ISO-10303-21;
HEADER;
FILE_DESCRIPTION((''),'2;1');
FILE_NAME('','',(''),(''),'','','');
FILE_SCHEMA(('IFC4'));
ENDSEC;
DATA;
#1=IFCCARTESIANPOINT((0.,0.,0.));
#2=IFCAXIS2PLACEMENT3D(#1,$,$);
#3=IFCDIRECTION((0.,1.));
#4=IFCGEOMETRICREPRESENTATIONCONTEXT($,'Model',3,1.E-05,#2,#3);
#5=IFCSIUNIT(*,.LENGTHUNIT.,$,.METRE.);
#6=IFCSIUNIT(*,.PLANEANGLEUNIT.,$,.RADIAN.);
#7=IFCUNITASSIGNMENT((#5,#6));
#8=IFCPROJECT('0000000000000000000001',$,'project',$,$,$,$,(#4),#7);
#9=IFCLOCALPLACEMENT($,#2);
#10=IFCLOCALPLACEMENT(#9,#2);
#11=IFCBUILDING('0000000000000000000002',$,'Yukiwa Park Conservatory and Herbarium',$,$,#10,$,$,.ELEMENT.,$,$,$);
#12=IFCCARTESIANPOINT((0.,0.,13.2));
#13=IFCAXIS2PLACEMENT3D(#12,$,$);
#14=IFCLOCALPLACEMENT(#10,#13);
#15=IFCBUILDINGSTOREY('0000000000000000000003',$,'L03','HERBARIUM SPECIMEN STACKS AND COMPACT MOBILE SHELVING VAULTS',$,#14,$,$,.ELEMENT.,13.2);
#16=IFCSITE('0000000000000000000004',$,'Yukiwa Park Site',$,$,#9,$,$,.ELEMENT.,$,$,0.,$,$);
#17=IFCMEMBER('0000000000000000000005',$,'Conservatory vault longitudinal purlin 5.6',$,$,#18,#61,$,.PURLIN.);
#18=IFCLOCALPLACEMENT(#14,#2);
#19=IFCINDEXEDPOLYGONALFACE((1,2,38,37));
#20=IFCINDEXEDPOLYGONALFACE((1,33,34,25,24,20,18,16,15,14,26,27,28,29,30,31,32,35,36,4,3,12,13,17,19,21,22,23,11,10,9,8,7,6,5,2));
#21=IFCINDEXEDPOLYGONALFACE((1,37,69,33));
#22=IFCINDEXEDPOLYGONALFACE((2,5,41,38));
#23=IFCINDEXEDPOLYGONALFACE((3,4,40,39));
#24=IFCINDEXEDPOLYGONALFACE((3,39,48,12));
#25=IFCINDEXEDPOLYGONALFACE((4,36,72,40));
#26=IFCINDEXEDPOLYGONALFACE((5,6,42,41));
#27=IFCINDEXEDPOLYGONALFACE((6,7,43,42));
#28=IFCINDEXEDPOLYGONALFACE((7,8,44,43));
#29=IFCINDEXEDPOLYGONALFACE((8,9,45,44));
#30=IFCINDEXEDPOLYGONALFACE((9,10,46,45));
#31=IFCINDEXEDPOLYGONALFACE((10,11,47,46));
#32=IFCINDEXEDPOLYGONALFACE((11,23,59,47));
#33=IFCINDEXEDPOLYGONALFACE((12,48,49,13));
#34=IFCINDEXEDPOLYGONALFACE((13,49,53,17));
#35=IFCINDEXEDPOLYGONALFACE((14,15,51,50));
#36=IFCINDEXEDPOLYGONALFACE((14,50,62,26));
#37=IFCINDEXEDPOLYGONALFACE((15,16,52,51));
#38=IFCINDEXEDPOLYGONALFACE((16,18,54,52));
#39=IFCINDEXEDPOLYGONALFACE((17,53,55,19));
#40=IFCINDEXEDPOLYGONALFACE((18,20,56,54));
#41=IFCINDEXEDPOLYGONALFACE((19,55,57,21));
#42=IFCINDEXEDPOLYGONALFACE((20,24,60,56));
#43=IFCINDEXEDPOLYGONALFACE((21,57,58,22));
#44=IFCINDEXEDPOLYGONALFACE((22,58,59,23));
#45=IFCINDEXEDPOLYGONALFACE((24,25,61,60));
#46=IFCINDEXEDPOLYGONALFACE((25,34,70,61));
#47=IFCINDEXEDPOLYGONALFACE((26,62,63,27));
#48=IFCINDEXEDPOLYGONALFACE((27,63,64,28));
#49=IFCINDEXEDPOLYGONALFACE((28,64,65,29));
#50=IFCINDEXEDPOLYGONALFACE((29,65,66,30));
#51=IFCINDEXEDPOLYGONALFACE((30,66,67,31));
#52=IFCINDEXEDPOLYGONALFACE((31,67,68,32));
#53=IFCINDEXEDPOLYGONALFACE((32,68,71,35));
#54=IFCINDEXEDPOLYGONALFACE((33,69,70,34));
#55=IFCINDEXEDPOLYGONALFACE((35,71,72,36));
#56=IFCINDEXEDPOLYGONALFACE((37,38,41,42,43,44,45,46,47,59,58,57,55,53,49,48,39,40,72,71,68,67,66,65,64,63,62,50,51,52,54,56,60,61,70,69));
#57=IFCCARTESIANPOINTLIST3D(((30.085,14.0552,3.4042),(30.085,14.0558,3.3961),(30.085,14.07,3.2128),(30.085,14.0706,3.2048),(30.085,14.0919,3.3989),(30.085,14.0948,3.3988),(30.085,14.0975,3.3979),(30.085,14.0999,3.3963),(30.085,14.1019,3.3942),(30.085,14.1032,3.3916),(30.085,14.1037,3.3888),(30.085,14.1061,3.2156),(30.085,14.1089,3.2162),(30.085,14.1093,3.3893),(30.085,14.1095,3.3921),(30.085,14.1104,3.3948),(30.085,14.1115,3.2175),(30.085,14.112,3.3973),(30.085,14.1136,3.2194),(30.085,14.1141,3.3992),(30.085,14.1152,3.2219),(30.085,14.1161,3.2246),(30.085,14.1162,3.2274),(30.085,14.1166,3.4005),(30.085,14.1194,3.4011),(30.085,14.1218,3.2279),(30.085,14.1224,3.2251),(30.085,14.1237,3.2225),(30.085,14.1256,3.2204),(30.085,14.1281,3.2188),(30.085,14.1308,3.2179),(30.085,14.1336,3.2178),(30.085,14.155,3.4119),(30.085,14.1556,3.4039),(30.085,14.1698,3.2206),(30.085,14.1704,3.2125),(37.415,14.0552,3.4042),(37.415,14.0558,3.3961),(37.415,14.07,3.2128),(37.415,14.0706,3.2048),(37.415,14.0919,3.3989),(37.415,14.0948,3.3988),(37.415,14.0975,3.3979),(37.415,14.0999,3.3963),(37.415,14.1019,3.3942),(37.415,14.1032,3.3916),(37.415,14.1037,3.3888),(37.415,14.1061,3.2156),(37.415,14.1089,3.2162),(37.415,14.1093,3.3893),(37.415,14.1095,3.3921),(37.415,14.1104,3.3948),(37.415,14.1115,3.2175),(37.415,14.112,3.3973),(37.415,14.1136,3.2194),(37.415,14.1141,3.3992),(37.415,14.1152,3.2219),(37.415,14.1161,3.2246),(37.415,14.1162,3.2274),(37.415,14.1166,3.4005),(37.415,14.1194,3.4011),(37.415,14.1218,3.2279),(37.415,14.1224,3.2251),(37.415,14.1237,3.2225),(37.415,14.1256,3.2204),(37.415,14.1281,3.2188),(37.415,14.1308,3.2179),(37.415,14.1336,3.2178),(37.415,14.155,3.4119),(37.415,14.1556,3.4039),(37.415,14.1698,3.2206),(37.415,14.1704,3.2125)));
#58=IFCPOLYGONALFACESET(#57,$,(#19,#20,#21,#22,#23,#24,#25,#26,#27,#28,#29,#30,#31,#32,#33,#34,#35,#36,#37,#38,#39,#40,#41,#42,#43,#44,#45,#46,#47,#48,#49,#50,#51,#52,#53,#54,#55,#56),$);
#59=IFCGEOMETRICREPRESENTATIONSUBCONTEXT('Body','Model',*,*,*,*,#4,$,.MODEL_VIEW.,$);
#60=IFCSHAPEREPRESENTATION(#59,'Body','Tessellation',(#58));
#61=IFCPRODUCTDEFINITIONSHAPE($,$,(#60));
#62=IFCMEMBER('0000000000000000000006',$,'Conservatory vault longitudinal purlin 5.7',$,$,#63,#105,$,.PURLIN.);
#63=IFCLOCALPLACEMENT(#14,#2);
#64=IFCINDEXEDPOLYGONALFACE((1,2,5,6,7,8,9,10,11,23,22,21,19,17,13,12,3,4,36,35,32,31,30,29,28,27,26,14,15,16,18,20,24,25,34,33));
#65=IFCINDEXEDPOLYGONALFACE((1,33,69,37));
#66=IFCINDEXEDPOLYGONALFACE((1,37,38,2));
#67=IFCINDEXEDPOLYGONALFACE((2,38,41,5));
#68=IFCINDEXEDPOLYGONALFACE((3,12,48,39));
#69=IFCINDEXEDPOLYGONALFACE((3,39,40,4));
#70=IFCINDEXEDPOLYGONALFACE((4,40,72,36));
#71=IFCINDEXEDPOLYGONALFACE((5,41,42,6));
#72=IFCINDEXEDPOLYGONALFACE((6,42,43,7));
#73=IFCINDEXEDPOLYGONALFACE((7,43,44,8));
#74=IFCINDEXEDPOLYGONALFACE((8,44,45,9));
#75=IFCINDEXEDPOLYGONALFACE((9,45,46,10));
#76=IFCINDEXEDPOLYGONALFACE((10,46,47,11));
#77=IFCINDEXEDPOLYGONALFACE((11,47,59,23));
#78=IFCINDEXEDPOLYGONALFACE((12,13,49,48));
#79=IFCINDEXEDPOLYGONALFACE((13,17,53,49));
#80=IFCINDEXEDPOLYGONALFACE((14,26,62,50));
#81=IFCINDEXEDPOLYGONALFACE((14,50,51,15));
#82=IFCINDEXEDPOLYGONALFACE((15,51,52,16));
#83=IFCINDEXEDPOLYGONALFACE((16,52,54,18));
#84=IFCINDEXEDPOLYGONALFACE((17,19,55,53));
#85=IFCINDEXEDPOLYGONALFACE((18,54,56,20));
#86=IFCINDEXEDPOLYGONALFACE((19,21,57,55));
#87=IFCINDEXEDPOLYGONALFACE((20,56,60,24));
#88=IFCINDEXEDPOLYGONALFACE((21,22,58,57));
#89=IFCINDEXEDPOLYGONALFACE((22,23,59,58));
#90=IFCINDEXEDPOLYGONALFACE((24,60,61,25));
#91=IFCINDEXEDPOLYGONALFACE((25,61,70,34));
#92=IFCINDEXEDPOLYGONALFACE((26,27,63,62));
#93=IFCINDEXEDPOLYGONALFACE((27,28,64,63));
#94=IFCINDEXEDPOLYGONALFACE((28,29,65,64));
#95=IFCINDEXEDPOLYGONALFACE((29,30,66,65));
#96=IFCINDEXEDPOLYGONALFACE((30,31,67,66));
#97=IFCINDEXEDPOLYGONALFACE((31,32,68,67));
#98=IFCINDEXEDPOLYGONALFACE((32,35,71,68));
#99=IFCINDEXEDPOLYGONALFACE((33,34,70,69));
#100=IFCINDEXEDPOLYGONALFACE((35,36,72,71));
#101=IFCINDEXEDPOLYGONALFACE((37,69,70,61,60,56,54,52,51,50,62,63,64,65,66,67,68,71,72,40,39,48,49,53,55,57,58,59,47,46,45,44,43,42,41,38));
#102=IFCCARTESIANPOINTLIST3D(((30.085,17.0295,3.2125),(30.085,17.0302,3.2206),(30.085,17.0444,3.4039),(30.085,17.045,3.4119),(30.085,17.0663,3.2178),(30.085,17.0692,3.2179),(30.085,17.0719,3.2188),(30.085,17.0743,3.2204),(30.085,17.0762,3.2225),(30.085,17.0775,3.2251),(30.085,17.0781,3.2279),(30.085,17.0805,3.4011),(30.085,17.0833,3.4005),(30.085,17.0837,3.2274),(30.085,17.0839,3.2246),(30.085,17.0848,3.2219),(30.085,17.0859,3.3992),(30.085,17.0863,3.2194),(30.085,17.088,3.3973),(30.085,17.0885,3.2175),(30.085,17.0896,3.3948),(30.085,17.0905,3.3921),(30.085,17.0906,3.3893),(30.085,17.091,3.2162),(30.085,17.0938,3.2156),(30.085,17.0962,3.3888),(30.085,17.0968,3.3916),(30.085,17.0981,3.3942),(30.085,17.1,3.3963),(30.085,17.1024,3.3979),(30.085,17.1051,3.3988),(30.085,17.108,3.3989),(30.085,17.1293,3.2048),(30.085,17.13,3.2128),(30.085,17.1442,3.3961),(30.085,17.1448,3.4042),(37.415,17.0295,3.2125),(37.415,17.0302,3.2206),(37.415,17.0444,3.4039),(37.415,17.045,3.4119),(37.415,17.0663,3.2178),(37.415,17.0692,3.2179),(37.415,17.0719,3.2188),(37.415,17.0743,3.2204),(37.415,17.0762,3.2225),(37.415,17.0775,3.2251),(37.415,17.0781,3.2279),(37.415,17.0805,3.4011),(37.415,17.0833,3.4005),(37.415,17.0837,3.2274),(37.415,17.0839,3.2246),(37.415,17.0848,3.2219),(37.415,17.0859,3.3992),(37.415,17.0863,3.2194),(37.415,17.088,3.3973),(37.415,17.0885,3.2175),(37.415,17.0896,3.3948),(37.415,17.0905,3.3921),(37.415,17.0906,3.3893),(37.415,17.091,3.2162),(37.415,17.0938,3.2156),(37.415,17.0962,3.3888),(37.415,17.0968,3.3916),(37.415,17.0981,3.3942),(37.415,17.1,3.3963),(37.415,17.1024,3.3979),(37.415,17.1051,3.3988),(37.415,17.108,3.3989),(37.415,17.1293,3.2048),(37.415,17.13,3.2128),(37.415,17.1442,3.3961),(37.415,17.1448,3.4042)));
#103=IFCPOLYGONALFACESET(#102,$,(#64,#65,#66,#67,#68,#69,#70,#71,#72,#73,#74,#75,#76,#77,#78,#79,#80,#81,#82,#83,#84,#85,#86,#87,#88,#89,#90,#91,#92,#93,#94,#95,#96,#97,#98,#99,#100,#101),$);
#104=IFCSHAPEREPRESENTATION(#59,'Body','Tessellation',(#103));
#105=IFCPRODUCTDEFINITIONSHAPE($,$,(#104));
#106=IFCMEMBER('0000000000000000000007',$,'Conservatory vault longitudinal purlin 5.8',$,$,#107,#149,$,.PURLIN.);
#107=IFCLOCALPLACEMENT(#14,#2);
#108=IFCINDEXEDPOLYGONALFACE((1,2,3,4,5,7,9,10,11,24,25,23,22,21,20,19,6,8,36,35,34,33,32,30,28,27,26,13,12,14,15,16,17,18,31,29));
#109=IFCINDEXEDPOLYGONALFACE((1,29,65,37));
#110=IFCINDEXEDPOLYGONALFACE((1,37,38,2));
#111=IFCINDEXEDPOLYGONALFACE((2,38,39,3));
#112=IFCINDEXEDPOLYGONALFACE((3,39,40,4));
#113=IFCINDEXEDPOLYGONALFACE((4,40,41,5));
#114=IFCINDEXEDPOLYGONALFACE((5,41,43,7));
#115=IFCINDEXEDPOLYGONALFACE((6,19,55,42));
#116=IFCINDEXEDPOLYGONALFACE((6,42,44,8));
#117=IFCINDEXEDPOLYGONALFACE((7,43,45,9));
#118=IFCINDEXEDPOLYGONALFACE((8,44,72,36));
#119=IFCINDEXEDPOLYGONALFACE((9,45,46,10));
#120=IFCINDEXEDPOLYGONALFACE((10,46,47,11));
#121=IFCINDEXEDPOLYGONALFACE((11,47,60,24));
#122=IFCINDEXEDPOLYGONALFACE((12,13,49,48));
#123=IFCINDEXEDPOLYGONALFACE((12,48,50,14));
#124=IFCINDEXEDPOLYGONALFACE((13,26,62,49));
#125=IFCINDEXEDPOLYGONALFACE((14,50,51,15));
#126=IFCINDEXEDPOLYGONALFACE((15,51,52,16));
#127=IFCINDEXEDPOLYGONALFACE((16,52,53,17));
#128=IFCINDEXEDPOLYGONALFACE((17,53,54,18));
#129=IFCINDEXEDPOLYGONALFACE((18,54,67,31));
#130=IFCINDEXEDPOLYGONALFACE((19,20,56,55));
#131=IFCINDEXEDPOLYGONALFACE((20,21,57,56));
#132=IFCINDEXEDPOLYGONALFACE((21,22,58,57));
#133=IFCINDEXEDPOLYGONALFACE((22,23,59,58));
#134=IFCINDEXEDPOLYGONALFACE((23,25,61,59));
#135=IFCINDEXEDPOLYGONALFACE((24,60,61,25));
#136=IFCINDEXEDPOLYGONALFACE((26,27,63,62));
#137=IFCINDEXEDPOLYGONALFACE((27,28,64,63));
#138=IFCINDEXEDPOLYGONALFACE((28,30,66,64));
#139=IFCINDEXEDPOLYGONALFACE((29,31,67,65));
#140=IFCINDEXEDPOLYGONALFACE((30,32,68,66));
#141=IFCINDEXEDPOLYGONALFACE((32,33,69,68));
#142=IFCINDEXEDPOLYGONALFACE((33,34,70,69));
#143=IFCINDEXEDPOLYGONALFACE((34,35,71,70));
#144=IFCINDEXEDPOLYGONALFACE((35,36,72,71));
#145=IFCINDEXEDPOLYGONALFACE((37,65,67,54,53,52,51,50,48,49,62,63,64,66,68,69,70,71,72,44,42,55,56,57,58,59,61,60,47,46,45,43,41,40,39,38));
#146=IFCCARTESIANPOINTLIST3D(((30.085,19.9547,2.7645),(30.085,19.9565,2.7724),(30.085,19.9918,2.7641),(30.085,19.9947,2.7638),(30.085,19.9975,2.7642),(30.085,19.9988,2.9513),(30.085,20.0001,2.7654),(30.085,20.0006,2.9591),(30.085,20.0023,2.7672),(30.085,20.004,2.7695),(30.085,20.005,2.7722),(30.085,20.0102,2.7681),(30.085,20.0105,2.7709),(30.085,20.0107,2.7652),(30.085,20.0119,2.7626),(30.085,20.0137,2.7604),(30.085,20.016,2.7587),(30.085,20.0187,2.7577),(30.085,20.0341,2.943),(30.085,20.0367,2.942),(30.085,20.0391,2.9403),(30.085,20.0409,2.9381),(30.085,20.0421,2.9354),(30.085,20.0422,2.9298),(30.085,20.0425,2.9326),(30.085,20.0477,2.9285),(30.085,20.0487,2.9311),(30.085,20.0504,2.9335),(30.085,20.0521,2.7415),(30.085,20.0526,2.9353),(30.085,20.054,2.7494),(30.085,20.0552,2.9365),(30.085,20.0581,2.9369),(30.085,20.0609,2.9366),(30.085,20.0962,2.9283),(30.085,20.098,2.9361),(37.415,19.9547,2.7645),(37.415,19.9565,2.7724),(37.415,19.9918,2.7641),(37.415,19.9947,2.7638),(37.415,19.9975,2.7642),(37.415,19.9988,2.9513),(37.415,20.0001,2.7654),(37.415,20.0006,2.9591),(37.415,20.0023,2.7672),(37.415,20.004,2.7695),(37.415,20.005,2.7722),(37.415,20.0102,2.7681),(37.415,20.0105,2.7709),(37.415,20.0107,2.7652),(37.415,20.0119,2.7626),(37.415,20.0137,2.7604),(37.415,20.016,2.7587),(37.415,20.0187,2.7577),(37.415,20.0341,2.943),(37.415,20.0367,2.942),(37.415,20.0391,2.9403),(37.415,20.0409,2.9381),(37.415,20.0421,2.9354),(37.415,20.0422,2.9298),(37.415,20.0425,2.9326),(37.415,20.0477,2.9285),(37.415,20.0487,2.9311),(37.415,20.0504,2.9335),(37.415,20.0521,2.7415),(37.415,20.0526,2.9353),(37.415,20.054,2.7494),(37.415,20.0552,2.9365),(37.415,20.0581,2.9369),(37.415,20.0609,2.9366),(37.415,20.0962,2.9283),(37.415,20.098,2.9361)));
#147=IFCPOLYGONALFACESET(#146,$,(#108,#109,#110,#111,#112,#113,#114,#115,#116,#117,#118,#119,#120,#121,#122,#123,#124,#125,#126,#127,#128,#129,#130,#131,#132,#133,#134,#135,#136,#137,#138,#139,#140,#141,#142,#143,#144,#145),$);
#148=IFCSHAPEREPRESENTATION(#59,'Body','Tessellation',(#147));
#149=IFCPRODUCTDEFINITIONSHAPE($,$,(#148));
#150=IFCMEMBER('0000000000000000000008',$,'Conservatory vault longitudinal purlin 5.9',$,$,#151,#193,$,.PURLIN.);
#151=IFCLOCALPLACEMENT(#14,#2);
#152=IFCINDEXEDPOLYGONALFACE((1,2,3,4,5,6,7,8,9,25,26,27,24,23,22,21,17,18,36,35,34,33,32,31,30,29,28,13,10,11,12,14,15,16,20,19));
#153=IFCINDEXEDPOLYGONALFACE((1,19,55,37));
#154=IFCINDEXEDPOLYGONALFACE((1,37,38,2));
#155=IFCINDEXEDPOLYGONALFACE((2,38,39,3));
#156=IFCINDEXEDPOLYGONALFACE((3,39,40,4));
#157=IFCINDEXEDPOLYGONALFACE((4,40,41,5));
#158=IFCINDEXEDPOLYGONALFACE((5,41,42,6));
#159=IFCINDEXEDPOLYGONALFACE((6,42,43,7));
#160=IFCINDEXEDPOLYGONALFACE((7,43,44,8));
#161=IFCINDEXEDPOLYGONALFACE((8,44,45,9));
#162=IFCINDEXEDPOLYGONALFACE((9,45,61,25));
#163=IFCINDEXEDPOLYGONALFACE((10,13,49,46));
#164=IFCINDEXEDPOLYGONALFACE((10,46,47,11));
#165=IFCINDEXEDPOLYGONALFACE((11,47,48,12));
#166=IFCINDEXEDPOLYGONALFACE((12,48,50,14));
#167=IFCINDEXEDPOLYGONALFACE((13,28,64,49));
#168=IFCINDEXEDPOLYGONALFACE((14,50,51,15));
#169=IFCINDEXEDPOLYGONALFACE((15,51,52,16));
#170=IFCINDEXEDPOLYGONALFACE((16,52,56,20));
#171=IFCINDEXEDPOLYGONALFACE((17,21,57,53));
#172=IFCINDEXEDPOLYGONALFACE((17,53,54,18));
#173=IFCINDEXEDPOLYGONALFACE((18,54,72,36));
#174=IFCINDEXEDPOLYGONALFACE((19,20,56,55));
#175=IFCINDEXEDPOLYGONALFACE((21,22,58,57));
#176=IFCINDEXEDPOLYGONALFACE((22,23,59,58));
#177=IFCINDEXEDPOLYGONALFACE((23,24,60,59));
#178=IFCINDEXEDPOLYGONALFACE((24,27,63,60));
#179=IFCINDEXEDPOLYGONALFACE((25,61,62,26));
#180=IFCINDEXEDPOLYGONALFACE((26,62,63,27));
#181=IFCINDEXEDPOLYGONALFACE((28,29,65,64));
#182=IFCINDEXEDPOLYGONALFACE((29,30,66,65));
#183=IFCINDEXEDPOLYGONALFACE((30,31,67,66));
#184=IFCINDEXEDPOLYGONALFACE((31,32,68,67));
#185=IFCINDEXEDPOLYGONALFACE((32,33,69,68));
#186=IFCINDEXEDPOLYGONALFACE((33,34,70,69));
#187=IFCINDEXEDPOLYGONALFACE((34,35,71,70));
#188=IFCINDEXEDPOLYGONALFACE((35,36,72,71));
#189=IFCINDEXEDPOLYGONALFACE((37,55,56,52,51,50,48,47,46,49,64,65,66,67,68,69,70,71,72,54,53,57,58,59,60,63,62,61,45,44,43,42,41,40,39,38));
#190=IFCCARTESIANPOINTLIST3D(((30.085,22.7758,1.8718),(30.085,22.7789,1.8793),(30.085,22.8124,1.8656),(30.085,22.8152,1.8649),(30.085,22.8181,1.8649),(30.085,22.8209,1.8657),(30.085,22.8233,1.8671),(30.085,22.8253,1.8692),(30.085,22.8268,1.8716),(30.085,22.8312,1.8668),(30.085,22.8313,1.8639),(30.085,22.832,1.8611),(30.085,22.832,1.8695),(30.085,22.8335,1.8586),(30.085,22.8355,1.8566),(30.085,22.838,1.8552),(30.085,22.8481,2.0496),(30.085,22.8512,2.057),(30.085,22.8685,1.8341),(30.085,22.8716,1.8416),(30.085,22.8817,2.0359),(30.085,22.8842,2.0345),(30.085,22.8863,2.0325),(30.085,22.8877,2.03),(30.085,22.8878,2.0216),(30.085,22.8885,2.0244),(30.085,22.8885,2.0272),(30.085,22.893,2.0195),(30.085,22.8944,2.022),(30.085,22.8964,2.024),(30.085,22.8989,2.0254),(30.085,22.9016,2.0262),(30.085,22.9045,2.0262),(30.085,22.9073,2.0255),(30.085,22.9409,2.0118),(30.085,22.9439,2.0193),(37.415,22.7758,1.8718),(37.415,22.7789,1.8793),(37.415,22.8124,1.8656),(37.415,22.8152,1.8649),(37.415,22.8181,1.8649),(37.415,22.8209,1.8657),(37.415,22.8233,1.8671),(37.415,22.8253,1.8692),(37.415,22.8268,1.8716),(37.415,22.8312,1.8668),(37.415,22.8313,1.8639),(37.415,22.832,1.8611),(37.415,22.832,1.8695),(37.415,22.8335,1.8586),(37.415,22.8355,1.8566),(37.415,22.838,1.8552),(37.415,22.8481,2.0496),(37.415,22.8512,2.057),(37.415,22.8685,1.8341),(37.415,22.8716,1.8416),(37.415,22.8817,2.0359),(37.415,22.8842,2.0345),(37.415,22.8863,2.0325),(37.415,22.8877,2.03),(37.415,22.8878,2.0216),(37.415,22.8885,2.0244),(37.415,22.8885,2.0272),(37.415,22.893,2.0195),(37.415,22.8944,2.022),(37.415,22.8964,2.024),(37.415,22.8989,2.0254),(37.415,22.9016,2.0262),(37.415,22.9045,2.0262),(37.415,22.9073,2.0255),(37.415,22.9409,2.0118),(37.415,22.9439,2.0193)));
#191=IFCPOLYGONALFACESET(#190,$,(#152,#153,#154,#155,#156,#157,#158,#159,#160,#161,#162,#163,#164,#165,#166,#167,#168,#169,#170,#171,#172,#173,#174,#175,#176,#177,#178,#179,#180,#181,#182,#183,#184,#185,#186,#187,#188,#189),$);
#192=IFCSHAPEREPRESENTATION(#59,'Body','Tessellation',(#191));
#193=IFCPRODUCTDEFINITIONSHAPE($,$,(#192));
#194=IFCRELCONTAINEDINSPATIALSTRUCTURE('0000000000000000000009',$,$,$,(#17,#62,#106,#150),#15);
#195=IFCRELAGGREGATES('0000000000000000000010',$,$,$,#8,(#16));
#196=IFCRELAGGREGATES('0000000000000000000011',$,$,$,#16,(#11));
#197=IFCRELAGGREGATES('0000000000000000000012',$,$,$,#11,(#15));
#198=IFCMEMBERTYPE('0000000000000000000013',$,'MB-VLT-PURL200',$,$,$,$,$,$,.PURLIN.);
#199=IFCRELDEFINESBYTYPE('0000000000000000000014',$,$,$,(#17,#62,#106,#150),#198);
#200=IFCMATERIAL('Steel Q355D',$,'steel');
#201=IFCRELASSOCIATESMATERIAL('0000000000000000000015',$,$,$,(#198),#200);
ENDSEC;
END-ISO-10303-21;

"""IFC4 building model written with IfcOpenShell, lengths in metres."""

from ifc_helpers import new_model, si_unit, direction, frame, origin, origin_2d, place, context, subcontext, project, spatial, i_section, extrude, material, material_profile, profile_set, type_object, element, save


model = new_model("IFC4")

# Units and contexts
model_context = context("Model", 3, precision=1e-05, world=origin(), true_north=direction((0.0, 1.0)))
body_context = subcontext(model_context, "Body", "Model", "MODEL_VIEW")
ifc_project = project(units=[si_unit("LENGTHUNIT", "METRE"), si_unit("PLANEANGLEUNIT", "RADIAN")], contexts=[model_context])

# Site, building, storey
site_placement = place(None, origin())
site = spatial("IfcSite", under=ifc_project, at=site_placement, Name="Yukiwa Park Site", CompositionType="ELEMENT", RefElevation=0.0)
building_placement = place(site_placement, origin())
building = spatial("IfcBuilding", under=site, at=building_placement, Name="Yukiwa Park Conservatory and Herbarium", CompositionType="ELEMENT")
storey_placement = place(building_placement, frame((0.0, 0.0, 13.2)))
storey = spatial("IfcBuildingStorey", under=building, at=storey_placement, Name="L03", Description="HERBARIUM SPECIMEN STACKS AND COMPACT MOBILE SHELVING VAULTS", CompositionType="ELEMENT", Elevation=13.2)

# Members
ifc_material_1 = material(Name="Steel Q355D", Category="steel")
ifc_material_profile_1 = material_profile(ifc_material_1, i_section(OverallWidth=0.1001, OverallDepth=0.2, WebThickness=0.0056, FlangeThickness=0.0081, FilletRadius=0.011, at=origin_2d()), Name="HN 200x100x5.5x8")
ifc_profile_set_1 = profile_set([ifc_material_profile_1], Name="Steel Q355D")
member_type_1 = type_object("IfcMemberType", Name="MB-VLT-PURL200", PredefinedType="PURLIN", material=ifc_profile_set_1)
for number, where, z_axis, x_axis, name in (
    (1, (30.085, 14.1128, 3.3083), (1.0, 0.0, 0.0), (0.0, 0.997016, 0.077198), "Conservatory vault longitudinal purlin 5.6"),
    (2, (30.085, 17.0872, 3.3083), (1.0, 0.0, 0.0), (0.0, 0.997016, -0.077198), "Conservatory vault longitudinal purlin 5.7"),
    (3, (30.085, 20.0264, 2.8503), (1.0, 0.0, 0.0), (0.0, 0.973249, -0.229752), "Conservatory vault longitudinal purlin 5.8"),
    (4, (30.085, 22.8599, 1.9456), (1.0, 0.0, 0.0), (0.0, 0.926282, -0.376831), "Conservatory vault longitudinal purlin 5.9"),
):
    element("IfcMember", number, at=place(storey_placement, frame(where, z_axis=z_axis, x_axis=x_axis)), inside=storey, type_object=member_type_1, Name=name, PredefinedType="PURLIN", context=body_context, shape_type="SweptSolid", body=[
        extrude(i_section(OverallWidth=0.1001, OverallDepth=0.2, WebThickness=0.0056, FlangeThickness=0.0081, FilletRadius=0.011, at=origin_2d()), origin(), (0.0, 0.0, 1.0), 7.3301),
    ])

save(model, "model.ifc")
